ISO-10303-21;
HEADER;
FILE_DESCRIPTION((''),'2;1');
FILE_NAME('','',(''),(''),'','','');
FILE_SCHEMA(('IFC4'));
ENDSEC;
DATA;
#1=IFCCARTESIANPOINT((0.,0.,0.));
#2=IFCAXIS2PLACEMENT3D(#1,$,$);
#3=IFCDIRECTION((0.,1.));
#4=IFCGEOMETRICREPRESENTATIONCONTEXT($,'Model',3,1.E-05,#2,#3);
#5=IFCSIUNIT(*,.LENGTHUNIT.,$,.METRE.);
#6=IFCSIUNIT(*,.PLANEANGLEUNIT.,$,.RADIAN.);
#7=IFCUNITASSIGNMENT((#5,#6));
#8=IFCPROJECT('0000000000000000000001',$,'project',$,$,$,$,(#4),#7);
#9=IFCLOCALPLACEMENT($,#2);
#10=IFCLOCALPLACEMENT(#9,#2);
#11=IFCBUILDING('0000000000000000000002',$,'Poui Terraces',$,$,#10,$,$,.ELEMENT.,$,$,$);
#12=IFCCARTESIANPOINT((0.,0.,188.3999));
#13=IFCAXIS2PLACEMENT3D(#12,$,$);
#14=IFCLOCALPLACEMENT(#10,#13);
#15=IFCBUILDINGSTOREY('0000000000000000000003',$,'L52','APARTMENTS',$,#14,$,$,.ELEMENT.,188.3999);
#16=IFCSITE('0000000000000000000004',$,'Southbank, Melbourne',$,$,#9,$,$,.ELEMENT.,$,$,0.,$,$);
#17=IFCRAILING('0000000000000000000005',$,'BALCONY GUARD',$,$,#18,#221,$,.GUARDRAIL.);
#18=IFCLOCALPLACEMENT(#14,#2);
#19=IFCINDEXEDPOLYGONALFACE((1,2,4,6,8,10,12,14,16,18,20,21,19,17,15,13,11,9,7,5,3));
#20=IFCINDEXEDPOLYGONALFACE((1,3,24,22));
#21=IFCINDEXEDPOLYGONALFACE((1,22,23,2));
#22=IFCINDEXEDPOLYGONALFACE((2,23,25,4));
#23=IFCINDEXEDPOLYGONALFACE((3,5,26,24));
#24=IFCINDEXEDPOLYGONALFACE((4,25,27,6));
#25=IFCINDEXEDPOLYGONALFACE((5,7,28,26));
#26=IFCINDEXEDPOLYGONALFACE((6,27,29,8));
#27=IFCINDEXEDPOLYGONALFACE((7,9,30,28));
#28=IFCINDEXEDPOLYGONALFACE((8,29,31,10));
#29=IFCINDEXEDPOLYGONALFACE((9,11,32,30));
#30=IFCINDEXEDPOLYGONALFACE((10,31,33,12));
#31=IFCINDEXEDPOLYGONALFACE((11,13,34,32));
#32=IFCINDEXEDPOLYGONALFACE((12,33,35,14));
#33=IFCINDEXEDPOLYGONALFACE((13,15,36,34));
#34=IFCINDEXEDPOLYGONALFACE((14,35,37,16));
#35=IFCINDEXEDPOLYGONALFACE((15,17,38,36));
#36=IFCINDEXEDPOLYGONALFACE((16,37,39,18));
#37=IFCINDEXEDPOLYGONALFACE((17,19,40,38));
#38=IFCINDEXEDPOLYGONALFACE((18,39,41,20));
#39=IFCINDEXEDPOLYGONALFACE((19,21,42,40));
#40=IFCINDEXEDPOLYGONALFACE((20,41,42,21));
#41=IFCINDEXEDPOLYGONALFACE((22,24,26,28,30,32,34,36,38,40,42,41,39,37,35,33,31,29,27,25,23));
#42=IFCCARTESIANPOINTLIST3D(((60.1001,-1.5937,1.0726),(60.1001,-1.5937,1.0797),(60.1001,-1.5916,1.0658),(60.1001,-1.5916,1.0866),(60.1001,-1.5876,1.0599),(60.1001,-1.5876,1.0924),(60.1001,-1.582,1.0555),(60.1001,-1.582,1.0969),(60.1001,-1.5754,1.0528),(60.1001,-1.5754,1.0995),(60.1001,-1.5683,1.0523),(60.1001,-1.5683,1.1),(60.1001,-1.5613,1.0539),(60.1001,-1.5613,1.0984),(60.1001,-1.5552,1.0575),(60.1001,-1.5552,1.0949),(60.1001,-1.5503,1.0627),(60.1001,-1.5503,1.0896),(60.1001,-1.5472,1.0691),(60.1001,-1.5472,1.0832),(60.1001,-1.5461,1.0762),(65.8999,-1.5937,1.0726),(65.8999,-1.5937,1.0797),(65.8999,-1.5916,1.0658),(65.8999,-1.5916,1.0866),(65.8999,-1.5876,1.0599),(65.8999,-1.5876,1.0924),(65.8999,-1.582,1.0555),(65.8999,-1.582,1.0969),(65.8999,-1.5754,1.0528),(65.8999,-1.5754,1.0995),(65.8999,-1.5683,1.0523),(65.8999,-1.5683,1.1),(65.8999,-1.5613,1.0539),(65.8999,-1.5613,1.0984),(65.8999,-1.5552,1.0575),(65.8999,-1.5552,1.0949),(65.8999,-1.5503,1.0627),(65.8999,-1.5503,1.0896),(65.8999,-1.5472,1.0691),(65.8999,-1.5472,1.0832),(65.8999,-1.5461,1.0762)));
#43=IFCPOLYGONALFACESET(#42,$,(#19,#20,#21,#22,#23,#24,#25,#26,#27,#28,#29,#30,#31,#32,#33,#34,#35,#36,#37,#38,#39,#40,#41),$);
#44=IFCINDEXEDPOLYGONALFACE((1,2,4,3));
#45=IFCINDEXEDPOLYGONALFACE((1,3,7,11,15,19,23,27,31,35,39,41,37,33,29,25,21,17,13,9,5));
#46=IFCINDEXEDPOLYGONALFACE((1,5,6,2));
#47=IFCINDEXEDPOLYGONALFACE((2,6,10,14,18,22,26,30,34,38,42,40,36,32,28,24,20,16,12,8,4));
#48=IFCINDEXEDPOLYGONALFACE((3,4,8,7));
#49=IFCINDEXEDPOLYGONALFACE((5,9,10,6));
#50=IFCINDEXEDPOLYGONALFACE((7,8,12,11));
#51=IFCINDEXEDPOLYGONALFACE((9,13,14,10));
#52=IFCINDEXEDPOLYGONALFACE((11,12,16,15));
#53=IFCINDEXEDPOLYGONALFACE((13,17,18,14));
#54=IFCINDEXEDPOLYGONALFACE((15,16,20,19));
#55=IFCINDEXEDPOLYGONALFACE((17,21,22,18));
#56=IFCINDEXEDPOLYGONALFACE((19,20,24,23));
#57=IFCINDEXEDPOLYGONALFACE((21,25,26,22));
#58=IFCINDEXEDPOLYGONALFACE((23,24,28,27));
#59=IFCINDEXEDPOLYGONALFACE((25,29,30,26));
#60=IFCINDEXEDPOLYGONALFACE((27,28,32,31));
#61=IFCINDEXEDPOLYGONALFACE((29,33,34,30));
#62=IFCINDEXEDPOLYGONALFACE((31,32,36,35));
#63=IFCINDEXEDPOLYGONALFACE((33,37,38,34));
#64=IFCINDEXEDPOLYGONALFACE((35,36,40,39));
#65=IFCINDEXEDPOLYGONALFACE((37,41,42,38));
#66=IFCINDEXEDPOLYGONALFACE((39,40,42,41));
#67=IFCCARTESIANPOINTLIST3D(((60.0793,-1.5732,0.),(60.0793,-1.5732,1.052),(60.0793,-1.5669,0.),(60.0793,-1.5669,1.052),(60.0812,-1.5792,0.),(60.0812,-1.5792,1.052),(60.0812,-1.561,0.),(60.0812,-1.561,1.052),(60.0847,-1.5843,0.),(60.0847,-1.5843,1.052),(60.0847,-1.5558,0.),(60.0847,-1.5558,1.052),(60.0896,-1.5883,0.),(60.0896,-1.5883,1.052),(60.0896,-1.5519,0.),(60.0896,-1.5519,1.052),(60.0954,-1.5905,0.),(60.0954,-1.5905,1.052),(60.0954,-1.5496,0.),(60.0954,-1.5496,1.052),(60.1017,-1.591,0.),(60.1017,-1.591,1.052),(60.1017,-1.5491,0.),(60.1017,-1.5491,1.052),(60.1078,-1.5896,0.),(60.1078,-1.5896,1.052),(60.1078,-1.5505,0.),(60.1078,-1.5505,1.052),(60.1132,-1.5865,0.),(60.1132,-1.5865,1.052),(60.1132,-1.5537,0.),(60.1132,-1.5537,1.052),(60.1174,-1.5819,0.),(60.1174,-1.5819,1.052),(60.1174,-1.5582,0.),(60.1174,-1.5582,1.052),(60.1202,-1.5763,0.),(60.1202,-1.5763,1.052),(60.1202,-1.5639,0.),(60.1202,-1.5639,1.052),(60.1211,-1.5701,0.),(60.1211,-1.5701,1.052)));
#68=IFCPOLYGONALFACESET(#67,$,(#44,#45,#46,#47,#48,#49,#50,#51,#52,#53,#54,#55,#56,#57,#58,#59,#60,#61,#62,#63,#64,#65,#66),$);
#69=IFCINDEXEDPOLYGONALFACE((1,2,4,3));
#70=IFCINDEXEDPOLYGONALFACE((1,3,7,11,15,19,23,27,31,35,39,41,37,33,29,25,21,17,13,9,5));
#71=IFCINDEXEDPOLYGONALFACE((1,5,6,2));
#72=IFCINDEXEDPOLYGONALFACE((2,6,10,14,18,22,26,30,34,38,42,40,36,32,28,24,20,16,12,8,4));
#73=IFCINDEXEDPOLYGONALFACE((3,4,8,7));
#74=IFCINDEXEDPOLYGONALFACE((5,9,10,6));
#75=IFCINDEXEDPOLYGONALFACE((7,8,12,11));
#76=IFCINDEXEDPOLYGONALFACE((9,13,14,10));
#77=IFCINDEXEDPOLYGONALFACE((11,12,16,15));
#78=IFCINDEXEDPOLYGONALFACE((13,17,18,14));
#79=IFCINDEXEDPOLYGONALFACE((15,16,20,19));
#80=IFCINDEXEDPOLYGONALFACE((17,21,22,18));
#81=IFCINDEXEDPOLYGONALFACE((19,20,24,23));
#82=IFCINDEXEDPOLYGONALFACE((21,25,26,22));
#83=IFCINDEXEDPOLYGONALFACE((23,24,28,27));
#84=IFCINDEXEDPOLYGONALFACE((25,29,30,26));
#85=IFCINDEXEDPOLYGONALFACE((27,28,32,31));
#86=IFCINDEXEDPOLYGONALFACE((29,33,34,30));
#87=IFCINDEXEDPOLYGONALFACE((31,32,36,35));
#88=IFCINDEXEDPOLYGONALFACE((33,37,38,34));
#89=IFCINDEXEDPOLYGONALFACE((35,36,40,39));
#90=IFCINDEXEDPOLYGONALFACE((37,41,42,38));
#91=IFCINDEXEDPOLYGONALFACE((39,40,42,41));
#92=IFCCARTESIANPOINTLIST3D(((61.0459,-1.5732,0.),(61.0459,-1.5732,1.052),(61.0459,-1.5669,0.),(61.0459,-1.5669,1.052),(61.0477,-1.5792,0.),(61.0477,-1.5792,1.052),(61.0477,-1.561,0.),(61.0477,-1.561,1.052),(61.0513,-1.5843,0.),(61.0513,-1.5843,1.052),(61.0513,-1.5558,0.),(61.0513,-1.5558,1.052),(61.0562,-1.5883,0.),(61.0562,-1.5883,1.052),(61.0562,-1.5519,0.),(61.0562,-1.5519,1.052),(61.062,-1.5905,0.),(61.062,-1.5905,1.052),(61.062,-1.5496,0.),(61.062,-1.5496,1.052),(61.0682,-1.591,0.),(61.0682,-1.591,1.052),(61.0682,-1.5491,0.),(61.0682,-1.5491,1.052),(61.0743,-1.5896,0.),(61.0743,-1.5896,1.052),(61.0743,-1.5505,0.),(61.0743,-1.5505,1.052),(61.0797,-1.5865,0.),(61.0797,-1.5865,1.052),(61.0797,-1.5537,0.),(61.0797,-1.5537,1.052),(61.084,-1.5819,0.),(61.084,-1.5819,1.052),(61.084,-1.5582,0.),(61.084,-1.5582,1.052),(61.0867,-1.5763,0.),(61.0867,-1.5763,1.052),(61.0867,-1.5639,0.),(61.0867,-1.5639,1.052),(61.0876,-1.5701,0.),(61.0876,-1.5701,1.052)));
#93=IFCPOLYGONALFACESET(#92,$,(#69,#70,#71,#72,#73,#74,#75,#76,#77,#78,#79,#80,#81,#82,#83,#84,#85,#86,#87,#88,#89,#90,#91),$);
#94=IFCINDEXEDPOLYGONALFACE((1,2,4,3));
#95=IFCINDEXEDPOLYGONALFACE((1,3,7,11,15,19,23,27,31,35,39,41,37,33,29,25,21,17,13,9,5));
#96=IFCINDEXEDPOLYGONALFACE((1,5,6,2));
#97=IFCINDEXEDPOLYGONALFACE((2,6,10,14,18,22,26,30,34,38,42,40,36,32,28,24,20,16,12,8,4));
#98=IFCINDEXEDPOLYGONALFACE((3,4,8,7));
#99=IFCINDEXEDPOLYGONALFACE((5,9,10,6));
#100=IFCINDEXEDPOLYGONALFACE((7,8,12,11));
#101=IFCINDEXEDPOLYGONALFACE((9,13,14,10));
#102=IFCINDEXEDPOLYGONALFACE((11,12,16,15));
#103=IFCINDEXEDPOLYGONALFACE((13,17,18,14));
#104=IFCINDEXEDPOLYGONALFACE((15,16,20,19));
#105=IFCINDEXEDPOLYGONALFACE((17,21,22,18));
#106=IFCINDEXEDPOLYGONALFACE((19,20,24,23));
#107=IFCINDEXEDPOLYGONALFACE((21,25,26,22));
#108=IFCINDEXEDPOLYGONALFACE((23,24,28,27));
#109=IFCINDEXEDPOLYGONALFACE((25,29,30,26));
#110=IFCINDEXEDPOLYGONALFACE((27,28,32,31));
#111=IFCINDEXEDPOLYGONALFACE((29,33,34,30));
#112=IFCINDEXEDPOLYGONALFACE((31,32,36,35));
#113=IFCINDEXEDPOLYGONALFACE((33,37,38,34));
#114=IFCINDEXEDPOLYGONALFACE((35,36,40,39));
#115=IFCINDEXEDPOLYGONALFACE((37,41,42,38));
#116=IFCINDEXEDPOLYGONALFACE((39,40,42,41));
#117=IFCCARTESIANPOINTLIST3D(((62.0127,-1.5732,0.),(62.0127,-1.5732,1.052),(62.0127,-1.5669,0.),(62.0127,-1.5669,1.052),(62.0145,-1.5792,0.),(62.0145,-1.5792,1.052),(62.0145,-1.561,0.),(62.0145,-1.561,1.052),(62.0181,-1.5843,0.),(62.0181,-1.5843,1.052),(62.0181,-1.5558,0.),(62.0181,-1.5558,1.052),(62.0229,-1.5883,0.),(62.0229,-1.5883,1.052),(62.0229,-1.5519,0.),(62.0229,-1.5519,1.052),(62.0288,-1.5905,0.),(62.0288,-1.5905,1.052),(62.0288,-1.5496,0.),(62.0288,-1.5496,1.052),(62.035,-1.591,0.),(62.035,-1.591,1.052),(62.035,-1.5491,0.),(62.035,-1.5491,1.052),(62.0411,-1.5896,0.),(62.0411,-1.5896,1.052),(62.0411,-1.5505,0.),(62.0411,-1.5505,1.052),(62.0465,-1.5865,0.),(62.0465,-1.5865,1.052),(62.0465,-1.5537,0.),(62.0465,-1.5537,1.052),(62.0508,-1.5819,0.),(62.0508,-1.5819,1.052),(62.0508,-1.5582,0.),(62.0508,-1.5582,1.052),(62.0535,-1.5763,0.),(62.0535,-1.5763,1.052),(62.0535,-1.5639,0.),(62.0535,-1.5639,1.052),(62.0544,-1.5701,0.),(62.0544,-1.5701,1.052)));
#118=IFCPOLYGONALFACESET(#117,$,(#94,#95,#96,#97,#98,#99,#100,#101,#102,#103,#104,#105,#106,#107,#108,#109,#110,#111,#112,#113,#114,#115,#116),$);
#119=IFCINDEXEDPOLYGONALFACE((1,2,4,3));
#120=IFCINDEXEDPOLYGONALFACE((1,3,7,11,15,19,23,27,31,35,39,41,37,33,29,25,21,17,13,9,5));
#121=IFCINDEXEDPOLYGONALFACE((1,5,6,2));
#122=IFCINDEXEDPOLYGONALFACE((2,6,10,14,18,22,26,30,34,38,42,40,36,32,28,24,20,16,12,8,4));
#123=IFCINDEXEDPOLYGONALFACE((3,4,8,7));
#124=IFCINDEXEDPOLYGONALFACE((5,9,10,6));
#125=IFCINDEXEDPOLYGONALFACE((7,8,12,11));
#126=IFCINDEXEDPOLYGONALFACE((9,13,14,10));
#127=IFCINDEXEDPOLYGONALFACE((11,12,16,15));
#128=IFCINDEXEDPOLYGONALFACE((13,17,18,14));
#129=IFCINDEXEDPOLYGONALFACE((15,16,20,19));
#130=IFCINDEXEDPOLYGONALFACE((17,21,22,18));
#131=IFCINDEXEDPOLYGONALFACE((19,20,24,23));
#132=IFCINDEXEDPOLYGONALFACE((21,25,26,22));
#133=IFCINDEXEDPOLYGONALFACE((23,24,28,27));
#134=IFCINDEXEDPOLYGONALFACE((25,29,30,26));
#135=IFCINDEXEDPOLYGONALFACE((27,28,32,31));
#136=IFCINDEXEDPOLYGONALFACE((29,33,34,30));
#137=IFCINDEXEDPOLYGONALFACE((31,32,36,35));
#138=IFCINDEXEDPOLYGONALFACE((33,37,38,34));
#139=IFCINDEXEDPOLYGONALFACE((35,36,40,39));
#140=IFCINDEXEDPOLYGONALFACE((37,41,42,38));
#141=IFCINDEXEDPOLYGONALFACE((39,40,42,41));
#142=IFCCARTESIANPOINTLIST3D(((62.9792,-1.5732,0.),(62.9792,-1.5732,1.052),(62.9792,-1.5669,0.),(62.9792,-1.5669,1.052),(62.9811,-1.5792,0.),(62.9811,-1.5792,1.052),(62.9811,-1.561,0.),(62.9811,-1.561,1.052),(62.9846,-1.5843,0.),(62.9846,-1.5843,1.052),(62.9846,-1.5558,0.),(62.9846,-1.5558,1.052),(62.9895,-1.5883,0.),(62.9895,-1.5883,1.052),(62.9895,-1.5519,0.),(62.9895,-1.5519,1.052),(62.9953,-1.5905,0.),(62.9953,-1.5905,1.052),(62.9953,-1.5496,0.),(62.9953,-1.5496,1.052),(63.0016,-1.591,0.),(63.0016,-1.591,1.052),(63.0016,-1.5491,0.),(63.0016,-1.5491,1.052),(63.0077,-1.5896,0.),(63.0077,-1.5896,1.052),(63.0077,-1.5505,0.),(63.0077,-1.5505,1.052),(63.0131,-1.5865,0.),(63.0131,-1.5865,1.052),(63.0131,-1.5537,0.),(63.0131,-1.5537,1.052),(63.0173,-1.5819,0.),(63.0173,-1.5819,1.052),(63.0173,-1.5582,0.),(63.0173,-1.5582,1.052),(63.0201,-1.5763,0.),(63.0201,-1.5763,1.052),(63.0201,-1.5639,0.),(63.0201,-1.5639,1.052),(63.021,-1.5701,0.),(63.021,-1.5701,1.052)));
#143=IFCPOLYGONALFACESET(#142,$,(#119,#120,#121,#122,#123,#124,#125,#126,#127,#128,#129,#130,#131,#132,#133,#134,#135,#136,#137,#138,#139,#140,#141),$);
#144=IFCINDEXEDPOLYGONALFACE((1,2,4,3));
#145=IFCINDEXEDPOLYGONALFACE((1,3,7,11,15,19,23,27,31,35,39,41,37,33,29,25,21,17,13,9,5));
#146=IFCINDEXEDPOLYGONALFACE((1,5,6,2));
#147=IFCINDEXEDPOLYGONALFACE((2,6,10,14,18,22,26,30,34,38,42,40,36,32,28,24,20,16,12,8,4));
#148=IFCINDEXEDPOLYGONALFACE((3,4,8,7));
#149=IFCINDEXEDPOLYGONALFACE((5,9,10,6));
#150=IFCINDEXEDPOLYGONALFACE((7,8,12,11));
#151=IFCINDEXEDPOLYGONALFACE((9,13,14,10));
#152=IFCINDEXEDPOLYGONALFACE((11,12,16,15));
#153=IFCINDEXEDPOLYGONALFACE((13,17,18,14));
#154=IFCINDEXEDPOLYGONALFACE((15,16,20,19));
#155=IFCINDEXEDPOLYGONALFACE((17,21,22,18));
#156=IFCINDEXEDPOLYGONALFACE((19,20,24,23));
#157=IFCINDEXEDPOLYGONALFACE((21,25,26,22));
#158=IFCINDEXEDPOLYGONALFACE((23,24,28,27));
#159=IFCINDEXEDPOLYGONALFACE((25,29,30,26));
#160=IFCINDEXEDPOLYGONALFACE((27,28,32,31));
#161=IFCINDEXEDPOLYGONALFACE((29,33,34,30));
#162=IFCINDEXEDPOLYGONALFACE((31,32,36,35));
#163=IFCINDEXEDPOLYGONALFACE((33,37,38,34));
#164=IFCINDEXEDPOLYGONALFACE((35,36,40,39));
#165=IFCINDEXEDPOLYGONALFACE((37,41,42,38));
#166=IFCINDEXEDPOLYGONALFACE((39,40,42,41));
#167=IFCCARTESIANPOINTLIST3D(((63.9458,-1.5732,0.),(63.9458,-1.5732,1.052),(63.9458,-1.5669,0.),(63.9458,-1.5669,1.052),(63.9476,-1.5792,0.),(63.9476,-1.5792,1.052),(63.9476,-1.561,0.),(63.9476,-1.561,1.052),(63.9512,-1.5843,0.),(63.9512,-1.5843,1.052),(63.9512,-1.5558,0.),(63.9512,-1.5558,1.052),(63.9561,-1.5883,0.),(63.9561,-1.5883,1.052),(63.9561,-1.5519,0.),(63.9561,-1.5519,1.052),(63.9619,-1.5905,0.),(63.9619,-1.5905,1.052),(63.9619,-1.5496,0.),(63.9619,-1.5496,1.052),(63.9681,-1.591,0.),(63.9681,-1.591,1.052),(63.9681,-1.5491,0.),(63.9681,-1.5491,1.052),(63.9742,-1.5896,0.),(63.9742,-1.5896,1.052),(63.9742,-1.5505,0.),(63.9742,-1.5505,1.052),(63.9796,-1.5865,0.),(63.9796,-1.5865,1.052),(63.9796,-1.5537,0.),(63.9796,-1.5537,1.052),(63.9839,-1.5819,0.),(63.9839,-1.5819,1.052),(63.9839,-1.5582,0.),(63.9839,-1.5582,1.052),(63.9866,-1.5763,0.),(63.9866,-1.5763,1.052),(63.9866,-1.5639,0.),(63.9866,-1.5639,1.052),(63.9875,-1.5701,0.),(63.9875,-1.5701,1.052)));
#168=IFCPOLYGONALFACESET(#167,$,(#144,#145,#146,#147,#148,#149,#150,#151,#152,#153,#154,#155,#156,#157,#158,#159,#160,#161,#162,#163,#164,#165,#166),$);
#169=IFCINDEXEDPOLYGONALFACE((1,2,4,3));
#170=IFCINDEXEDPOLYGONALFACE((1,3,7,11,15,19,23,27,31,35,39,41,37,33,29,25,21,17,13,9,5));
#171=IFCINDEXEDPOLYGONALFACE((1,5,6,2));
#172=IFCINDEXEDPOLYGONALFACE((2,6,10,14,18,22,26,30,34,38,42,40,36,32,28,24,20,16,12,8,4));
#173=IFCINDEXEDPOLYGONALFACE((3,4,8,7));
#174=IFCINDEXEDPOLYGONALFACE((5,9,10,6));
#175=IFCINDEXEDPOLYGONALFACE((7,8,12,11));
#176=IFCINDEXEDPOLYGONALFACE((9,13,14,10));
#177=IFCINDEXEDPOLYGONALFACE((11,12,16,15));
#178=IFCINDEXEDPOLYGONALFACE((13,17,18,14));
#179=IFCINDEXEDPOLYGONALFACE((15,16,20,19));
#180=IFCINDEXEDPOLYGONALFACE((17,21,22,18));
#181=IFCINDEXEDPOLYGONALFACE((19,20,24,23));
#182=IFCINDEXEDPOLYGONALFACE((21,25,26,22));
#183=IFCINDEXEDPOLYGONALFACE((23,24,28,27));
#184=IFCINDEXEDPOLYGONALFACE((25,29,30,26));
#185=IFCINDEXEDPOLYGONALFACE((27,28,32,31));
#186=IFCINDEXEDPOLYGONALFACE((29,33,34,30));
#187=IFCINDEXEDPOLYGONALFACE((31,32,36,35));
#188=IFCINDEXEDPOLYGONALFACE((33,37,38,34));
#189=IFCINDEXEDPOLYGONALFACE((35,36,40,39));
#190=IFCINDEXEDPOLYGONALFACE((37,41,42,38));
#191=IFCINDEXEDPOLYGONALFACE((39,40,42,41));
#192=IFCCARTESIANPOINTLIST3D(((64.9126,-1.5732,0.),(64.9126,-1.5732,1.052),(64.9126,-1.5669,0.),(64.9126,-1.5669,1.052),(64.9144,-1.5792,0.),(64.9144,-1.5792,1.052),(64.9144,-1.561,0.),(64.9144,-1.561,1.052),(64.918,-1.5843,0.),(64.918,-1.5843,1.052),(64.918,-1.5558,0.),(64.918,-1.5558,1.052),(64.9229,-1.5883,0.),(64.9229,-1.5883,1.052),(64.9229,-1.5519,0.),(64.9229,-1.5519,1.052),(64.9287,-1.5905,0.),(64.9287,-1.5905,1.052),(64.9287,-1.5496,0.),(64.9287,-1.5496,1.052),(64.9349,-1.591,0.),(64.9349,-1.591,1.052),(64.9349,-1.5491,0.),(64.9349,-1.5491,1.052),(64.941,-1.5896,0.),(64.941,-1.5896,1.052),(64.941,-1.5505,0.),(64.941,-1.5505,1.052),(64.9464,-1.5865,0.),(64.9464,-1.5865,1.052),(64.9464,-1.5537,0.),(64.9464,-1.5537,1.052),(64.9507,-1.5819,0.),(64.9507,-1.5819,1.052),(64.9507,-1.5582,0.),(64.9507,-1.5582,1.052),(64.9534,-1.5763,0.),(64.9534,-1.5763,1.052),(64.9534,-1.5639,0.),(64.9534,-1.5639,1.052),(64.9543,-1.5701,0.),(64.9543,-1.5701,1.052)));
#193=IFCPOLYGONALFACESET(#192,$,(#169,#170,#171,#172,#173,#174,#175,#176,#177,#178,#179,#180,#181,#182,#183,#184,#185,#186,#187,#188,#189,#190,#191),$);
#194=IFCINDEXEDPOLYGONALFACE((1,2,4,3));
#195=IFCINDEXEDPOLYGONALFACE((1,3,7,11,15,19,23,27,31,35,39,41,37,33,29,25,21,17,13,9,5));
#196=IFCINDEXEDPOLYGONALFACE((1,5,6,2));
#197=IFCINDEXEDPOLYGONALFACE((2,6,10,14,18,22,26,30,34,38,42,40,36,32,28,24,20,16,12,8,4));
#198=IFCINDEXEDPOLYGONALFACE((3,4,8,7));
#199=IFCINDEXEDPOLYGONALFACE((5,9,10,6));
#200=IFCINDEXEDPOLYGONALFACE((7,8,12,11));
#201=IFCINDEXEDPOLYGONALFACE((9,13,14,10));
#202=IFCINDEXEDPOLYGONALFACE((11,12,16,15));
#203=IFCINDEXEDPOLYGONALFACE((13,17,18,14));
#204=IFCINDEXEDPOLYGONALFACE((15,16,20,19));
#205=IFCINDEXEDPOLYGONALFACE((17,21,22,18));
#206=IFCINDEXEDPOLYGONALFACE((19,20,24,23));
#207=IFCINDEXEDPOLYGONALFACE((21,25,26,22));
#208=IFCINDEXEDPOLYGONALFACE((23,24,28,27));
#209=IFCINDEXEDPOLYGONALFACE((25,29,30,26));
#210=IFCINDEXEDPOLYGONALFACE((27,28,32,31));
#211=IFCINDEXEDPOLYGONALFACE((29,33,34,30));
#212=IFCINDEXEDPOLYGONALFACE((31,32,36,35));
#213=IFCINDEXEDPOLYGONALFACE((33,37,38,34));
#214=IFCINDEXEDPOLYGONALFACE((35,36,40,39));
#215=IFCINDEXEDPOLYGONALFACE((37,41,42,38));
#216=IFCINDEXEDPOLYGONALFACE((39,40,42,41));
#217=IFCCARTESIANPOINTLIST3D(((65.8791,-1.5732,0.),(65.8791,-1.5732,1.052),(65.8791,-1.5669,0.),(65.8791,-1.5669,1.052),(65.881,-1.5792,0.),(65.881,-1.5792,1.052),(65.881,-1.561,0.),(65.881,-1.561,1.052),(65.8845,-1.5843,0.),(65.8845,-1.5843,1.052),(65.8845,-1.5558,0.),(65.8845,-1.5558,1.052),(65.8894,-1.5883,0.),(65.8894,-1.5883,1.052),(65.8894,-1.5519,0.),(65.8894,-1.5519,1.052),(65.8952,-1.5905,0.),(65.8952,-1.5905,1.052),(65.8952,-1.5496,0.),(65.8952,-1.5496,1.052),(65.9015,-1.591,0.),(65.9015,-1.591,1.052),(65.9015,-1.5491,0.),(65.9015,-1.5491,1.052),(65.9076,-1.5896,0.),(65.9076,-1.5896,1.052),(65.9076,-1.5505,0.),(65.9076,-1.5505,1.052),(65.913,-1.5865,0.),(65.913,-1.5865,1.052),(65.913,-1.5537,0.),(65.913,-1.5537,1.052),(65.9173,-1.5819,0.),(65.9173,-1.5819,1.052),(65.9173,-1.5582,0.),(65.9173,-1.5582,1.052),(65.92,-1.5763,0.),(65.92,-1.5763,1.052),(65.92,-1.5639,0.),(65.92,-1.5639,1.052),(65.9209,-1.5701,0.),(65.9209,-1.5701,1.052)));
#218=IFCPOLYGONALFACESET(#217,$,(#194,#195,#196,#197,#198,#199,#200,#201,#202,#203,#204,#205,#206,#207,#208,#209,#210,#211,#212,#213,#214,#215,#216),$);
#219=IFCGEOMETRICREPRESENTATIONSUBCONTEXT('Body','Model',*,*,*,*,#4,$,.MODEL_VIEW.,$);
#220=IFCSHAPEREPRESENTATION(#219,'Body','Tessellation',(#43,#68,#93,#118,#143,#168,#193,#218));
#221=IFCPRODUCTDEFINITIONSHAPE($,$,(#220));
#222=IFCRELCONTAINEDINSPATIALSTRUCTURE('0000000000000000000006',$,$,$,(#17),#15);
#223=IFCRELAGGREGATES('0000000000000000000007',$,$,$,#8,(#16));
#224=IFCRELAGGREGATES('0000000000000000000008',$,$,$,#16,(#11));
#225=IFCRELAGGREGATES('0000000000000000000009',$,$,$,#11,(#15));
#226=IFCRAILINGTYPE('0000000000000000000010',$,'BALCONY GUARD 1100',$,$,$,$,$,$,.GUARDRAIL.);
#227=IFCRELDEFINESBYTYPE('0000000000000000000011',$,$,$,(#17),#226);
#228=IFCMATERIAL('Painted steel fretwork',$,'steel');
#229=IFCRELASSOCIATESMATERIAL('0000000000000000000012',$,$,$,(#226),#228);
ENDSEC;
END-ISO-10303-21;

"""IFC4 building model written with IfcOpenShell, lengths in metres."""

from ifc_helpers import new_model, si_unit, direction, frame, origin, origin_2d, place, context, subcontext, project, spatial, circle, extrude, material, type_object, element, save


model = new_model("IFC4")

# Units and contexts
model_context = context("Model", 3, precision=1e-05, world=origin(), true_north=direction((0.0, 1.0)))
body_context = subcontext(model_context, "Body", "Model", "MODEL_VIEW")
ifc_project = project(units=[si_unit("LENGTHUNIT", "METRE"), si_unit("PLANEANGLEUNIT", "RADIAN")], contexts=[model_context])

# Site, building, storey
site_placement = place(None, origin())
site = spatial("IfcSite", under=ifc_project, at=site_placement, Name="Southbank, Melbourne", CompositionType="ELEMENT", RefElevation=0.0)
building_placement = place(site_placement, origin())
building = spatial("IfcBuilding", under=site, at=building_placement, Name="Poui Terraces", CompositionType="ELEMENT")
storey_placement = place(building_placement, frame((0.0, 0.0, 188.3999)))
storey = spatial("IfcBuildingStorey", under=building, at=storey_placement, Name="L52", Description="APARTMENTS", CompositionType="ELEMENT", Elevation=188.3999)

# Railing
ifc_material_1 = material(Name="Painted steel fretwork", Category="steel")
railing_type = type_object("IfcRailingType", Name="BALCONY GUARD 1100", PredefinedType="GUARDRAIL", material=ifc_material_1)
railing_placement = place(storey_placement, frame((60.1001, -1.5701, 0.0)))
element("IfcRailing", 1, at=railing_placement, inside=storey, type_object=railing_type, Name="BALCONY GUARD", PredefinedType="GUARDRAIL", context=body_context, shape_type="SweptSolid", body=[
    extrude(circle(Radius=0.0239, at=origin_2d()), frame((0.0, 0.0, 1.0762), z_axis=(1.0, 0.0, 0.0), x_axis=(0.0, 1.0, 0.0)), (0.0, 0.0, 1.0), 5.7998),
    extrude(circle(Radius=0.021, at=origin_2d()), origin(), (0.0, 0.0, 1.0), 1.052),
    extrude(circle(Radius=0.021, at=origin_2d()), frame((0.9666, 0.0, 0.0)), (0.0, 0.0, 1.0), 1.052),
    extrude(circle(Radius=0.021, at=origin_2d()), frame((1.9333, 0.0, 0.0)), (0.0, 0.0, 1.0), 1.052),
    extrude(circle(Radius=0.021, at=origin_2d()), frame((2.8999, 0.0, 0.0)), (0.0, 0.0, 1.0), 1.052),
    extrude(circle(Radius=0.021, at=origin_2d()), frame((3.8665, 0.0, 0.0)), (0.0, 0.0, 1.0), 1.052),
    extrude(circle(Radius=0.021, at=origin_2d()), frame((4.8333, 0.0, 0.0)), (0.0, 0.0, 1.0), 1.052),
    extrude(circle(Radius=0.021, at=origin_2d()), frame((5.7998, 0.0, 0.0)), (0.0, 0.0, 1.0), 1.052),
])

save(model, "model.ifc")
